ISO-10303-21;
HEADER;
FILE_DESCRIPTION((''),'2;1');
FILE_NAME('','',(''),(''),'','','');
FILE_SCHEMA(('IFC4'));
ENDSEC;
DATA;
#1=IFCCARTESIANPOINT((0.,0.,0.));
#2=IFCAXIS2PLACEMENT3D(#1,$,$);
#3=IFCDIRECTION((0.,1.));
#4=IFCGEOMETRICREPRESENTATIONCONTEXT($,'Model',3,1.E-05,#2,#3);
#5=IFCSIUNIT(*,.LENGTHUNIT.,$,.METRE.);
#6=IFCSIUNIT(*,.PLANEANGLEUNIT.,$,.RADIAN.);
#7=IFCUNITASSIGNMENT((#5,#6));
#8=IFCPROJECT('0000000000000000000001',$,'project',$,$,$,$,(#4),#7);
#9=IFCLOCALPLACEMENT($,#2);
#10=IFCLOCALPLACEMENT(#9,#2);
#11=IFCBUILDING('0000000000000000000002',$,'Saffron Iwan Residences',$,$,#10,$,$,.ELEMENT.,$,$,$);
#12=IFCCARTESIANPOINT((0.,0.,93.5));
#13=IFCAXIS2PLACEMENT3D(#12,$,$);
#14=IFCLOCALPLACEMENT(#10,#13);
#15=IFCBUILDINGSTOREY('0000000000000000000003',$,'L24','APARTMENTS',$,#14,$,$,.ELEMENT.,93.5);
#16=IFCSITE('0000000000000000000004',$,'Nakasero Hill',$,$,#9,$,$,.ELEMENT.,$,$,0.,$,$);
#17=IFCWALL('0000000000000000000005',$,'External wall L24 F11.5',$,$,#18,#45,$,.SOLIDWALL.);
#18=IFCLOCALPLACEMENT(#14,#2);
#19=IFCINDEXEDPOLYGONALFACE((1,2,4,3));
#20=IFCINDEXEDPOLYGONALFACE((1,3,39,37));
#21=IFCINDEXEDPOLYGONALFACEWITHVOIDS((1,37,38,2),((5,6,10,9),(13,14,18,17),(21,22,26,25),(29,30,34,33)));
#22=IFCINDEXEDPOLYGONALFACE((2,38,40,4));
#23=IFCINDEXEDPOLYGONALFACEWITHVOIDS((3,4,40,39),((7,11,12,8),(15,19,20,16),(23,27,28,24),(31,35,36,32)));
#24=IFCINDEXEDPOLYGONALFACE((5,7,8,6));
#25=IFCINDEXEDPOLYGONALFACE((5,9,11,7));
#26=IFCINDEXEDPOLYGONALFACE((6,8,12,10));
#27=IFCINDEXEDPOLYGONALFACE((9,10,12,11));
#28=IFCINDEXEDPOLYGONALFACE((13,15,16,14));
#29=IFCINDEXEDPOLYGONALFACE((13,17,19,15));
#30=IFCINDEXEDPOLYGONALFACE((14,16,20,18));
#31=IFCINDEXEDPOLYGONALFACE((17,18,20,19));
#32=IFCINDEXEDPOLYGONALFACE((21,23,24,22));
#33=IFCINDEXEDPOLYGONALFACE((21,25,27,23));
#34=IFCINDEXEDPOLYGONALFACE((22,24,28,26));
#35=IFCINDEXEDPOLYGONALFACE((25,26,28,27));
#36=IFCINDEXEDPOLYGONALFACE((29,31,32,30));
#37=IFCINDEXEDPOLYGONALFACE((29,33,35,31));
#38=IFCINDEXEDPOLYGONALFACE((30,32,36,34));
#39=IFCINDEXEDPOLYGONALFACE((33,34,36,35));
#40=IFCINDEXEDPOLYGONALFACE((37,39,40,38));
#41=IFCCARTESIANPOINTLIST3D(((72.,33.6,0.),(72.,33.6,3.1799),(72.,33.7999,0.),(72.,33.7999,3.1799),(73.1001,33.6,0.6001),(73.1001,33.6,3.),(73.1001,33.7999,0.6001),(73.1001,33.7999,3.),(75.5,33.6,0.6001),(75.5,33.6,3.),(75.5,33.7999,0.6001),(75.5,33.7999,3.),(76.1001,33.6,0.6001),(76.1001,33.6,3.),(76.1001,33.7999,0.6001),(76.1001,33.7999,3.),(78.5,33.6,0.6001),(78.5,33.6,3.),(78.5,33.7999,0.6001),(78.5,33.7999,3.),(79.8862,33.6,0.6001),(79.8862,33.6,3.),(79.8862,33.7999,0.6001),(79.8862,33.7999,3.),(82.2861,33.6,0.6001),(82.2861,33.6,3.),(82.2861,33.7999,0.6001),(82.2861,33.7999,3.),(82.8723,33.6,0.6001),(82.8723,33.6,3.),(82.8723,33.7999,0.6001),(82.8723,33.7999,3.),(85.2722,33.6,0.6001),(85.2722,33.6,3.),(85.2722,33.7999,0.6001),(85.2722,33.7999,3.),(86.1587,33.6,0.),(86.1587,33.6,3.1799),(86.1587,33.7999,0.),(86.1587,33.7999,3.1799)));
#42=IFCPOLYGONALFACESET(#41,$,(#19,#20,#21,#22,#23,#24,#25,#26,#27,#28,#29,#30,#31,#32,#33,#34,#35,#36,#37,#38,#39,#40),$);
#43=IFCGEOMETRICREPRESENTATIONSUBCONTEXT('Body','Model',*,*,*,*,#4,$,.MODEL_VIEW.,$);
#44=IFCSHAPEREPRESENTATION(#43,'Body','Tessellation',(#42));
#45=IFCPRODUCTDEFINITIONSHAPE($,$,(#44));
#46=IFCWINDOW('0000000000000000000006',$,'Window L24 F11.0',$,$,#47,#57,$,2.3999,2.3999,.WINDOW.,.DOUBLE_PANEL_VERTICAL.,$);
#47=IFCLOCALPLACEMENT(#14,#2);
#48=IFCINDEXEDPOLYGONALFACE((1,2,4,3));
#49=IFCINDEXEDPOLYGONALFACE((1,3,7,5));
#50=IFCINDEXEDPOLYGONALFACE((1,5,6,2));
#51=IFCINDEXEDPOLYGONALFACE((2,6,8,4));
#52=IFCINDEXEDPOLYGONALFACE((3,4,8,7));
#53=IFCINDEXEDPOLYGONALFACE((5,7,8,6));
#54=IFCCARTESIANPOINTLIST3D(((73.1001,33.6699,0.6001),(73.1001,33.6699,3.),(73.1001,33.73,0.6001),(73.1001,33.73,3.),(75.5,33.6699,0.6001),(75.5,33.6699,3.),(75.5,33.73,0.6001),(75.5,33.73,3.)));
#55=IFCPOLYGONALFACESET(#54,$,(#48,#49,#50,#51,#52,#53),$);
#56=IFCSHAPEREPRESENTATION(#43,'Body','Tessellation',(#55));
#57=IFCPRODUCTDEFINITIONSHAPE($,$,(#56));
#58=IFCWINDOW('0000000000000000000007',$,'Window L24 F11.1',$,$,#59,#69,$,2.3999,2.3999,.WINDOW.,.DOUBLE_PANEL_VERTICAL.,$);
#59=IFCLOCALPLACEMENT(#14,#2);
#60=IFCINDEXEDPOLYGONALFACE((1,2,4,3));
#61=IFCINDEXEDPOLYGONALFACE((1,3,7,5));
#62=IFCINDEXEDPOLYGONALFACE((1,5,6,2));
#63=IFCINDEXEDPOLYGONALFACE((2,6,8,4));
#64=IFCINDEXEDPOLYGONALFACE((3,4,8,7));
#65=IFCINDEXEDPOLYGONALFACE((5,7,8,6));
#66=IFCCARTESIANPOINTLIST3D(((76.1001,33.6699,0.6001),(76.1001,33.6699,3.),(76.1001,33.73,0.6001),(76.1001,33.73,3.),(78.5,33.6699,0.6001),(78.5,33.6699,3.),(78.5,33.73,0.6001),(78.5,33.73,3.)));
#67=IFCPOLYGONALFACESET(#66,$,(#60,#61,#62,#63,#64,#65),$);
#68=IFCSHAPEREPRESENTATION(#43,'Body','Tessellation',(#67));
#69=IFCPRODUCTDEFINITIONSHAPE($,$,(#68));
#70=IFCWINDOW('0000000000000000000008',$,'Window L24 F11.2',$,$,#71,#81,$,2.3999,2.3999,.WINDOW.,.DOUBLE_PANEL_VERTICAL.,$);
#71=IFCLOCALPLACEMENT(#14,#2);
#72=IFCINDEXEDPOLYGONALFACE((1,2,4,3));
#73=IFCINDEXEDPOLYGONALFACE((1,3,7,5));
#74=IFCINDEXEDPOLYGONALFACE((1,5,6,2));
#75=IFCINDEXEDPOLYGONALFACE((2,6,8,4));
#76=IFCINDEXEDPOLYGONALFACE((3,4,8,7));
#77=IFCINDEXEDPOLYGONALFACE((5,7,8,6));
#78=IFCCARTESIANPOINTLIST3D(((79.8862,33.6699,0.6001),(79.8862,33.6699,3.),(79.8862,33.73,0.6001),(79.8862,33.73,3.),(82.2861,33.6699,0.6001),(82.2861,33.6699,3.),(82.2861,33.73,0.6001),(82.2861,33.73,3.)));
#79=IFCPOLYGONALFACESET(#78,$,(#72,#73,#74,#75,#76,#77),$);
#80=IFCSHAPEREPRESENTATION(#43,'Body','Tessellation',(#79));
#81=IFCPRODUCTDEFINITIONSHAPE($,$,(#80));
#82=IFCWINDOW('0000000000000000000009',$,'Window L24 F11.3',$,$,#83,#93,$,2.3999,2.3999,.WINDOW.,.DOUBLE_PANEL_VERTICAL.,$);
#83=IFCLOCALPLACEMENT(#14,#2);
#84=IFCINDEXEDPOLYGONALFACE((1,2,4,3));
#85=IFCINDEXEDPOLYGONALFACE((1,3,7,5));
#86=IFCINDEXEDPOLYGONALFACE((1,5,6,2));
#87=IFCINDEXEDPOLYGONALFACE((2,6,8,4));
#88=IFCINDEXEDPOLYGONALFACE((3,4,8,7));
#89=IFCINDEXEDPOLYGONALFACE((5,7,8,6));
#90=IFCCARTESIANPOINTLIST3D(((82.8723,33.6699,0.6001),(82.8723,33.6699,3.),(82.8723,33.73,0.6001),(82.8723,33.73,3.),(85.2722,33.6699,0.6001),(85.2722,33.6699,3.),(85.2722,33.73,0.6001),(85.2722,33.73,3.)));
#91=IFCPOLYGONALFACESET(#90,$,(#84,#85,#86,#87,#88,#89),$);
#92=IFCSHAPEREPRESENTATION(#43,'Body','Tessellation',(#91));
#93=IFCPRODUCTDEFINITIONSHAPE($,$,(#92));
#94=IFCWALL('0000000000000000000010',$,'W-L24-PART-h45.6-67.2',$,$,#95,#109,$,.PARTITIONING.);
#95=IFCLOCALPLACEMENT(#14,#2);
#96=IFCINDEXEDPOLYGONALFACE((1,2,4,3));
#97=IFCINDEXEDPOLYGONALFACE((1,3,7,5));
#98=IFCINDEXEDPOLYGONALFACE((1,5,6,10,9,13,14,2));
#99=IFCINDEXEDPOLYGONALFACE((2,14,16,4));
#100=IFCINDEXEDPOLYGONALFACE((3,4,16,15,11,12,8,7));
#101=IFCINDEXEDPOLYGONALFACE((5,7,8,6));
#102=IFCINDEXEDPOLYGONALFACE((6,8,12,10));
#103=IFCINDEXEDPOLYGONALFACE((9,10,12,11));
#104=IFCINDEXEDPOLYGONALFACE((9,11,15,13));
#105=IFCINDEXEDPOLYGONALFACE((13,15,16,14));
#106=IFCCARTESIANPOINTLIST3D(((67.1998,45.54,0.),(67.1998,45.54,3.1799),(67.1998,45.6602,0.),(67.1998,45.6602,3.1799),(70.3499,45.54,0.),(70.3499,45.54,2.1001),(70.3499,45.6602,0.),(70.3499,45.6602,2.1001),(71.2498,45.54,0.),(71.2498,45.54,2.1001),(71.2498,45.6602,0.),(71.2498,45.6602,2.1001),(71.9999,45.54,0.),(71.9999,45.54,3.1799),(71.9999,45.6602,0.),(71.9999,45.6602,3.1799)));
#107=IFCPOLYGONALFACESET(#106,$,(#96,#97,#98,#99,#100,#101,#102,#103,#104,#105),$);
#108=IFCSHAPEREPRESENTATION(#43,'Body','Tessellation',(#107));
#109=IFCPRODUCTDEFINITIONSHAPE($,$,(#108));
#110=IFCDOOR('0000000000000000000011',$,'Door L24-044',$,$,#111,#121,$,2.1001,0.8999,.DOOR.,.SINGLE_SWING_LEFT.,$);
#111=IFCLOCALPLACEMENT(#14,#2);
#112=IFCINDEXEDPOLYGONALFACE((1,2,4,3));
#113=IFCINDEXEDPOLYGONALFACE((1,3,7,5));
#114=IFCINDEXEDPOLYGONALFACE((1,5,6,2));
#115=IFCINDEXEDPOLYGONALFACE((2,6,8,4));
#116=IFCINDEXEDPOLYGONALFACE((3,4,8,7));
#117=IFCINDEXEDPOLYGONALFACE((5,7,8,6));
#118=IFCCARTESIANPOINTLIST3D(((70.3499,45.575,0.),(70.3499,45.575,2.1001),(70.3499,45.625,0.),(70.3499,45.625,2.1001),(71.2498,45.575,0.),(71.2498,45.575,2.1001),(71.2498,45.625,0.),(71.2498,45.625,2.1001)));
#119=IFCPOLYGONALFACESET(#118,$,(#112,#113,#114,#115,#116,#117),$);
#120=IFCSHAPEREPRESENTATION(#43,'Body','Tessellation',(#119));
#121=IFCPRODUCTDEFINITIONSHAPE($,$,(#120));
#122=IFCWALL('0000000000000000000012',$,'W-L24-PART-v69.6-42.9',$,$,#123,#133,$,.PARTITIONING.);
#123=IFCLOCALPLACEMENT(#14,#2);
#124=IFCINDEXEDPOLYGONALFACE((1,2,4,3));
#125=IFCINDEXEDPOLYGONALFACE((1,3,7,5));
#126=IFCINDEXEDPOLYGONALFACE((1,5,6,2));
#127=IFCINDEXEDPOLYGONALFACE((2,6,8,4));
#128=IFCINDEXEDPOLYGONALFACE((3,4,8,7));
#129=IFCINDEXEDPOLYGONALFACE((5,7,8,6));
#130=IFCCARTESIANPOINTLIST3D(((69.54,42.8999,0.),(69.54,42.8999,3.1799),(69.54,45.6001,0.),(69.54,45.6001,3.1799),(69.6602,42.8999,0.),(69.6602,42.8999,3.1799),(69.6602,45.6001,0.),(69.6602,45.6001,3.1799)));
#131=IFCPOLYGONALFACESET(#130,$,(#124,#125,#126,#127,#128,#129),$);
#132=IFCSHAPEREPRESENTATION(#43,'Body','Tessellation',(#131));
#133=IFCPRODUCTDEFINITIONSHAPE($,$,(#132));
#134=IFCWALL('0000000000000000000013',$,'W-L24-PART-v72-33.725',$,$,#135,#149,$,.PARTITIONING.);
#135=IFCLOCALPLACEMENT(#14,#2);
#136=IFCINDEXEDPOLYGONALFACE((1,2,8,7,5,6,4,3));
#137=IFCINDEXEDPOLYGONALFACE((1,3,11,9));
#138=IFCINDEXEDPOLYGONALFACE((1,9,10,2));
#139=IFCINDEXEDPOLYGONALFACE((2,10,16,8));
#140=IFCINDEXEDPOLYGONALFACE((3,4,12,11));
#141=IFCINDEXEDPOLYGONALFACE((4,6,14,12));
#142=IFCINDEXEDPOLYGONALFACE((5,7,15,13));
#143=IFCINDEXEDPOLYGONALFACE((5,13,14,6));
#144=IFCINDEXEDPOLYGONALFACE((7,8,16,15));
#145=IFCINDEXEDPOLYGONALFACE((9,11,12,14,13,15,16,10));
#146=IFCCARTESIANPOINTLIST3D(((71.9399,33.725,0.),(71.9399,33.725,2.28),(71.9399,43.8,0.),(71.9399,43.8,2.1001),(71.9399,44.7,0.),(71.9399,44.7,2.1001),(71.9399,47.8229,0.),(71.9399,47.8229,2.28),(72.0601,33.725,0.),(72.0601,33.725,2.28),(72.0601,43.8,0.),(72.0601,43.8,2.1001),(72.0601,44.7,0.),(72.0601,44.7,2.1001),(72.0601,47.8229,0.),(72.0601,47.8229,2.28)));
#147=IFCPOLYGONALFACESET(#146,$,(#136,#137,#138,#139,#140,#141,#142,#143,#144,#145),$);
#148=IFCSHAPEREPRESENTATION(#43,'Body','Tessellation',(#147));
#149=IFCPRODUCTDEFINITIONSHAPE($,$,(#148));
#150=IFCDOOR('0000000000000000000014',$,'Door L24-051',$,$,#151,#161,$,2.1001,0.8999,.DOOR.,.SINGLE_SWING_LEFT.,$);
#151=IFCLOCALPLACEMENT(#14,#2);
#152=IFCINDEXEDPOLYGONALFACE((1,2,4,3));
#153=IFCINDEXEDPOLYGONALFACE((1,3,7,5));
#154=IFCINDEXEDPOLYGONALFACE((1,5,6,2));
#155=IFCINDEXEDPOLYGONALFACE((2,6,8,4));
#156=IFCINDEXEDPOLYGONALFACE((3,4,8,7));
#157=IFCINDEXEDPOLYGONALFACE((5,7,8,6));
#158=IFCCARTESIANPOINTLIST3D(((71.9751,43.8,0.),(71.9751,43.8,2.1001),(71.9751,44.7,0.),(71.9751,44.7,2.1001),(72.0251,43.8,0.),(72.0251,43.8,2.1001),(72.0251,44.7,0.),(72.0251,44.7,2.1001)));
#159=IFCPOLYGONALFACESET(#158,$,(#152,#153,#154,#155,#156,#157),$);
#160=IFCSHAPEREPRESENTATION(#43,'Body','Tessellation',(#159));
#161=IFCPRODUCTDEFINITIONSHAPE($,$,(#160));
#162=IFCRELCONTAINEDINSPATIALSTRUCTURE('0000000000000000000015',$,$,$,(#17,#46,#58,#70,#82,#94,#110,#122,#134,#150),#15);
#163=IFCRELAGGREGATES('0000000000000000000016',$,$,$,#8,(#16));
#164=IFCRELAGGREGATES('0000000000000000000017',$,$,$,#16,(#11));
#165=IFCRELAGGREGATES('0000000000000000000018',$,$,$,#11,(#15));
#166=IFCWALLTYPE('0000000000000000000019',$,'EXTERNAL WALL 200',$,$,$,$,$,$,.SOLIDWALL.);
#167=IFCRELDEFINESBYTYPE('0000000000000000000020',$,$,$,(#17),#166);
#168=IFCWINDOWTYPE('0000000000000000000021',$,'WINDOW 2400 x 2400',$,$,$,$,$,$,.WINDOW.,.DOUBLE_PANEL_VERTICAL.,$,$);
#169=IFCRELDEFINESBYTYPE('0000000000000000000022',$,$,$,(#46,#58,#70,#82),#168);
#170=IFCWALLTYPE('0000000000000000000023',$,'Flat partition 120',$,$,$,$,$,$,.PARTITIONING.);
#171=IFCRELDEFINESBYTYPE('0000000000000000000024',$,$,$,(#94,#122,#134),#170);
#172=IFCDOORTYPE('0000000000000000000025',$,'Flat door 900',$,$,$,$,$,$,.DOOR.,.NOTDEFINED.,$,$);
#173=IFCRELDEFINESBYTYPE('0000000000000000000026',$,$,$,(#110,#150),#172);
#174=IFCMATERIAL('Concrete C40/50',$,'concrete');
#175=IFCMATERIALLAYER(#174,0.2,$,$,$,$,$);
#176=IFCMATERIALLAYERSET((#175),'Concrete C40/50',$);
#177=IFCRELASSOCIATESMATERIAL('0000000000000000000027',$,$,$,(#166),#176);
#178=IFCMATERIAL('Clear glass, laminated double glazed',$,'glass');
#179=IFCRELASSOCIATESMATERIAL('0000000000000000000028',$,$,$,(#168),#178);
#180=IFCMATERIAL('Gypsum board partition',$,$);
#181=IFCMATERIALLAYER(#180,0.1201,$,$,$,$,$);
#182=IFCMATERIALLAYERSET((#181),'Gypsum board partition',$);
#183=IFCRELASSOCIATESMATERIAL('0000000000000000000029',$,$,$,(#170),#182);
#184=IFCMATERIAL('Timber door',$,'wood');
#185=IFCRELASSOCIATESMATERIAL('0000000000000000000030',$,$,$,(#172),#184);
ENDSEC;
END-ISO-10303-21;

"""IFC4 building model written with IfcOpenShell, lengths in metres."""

from ifc_helpers import new_model, si_unit, direction, frame, frame_2d, origin, place, context, subcontext, project, spatial, rectangle, extrude, material, layer, layer_set, type_object, element, fill, save


model = new_model("IFC4")

# Units and contexts
model_context = context("Model", 3, precision=1e-05, world=origin(), true_north=direction((0.0, 1.0)))
body_context = subcontext(model_context, "Body", "Model", "MODEL_VIEW")
ifc_project = project(units=[si_unit("LENGTHUNIT", "METRE"), si_unit("PLANEANGLEUNIT", "RADIAN")], contexts=[model_context])

# Site, building, storey
site_placement = place(None, origin())
site = spatial("IfcSite", under=ifc_project, at=site_placement, Name="Nakasero Hill", CompositionType="ELEMENT", RefElevation=0.0)
building_placement = place(site_placement, origin())
building = spatial("IfcBuilding", under=site, at=building_placement, Name="Saffron Iwan Residences", CompositionType="ELEMENT")
storey_placement = place(building_placement, frame((0.0, 0.0, 93.5)))
storey = spatial("IfcBuildingStorey", under=building, at=storey_placement, Name="L24", Description="APARTMENTS", CompositionType="ELEMENT", Elevation=93.5)

# Shared definitions
ifc_material_1 = material(Name="Concrete C40/50", Category="concrete")
ifc_layer_1 = layer(ifc_material_1, 0.2)
ifc_layer_set_1 = layer_set([ifc_layer_1], Name="Concrete C40/50")
wall_type_1 = type_object("IfcWallType", Name="EXTERNAL WALL 200", PredefinedType="SOLIDWALL", material=ifc_layer_set_1)
ifc_material_2 = material(Name="Clear glass, laminated double glazed", Category="glass")

# Wall, openings, windows
wall_1_placement = place(storey_placement, frame((72.0, 33.7, 0.0), z_axis=(0.0, 0.0, 1.0), x_axis=(1.0, 0.0, 0.0)))
wall_1 = element("IfcWall", 1, at=wall_1_placement, inside=storey, type_object=wall_type_1, Name="External wall L24 F11.5", PredefinedType="SOLIDWALL", context=body_context, shape_type="SweptSolid", body=[
    extrude(rectangle(XDim=14.1587, YDim=0.2, at=frame_2d((7.0793, 0.0))), origin(), (0.0, 0.0, 1.0), 3.1799),
])
opening_1_placement = place(wall_1_placement, frame((1.1001, 0.0, 0.6001)))
opening_1 = element("IfcOpeningElement", 2, at=opening_1_placement, cuts=wall_1, PredefinedType="OPENING", context=body_context, shape_type="SweptSolid", body=[
    extrude(rectangle(XDim=2.3999, YDim=2.3999, at=frame_2d((1.2, 1.2))), frame((0.0, 0.1099, 0.0), z_axis=(0.0, -1.0, 0.0), x_axis=(1.0, 0.0, 0.0)), (0.0, 0.0, 1.0), 0.22),
])
opening_2_placement = place(wall_1_placement, frame((4.1001, 0.0, 0.6001)))
opening_2 = element("IfcOpeningElement", 3, at=opening_2_placement, cuts=wall_1, PredefinedType="OPENING", context=body_context, shape_type="SweptSolid", body=[
    extrude(rectangle(XDim=2.3999, YDim=2.3999, at=frame_2d((1.2, 1.2))), frame((0.0, 0.1099, 0.0), z_axis=(0.0, -1.0, 0.0), x_axis=(1.0, 0.0, 0.0)), (0.0, 0.0, 1.0), 0.22),
])
opening_3_placement = place(wall_1_placement, frame((7.8862, 0.0, 0.6001)))
opening_3 = element("IfcOpeningElement", 4, at=opening_3_placement, cuts=wall_1, PredefinedType="OPENING", context=body_context, shape_type="SweptSolid", body=[
    extrude(rectangle(XDim=2.3999, YDim=2.3999, at=frame_2d((1.2, 1.2))), frame((0.0, 0.1099, 0.0), z_axis=(0.0, -1.0, 0.0), x_axis=(1.0, 0.0, 0.0)), (0.0, 0.0, 1.0), 0.22),
])
opening_4_placement = place(wall_1_placement, frame((10.8723, 0.0, 0.6001)))
opening_4 = element("IfcOpeningElement", 5, at=opening_4_placement, cuts=wall_1, PredefinedType="OPENING", context=body_context, shape_type="SweptSolid", body=[
    extrude(rectangle(XDim=2.3999, YDim=2.3999, at=frame_2d((1.2, 1.2))), frame((0.0, 0.1099, 0.0), z_axis=(0.0, -1.0, 0.0), x_axis=(1.0, 0.0, 0.0)), (0.0, 0.0, 1.0), 0.22),
])
window_type_1 = type_object("IfcWindowType", Name="WINDOW 2400 x 2400", PartitioningType="DOUBLE_PANEL_VERTICAL", PredefinedType="WINDOW", material=ifc_material_2)
window_1_placement = place(opening_1_placement, origin())
window_1 = element("IfcWindow", 6, at=window_1_placement, inside=storey, type_object=window_type_1, Name="Window L24 F11.0", OverallHeight=2.3999, OverallWidth=2.3999, PartitioningType="DOUBLE_PANEL_VERTICAL", PredefinedType="WINDOW", context=body_context, shape_type="SweptSolid", body=[
    extrude(rectangle(XDim=2.3999, YDim=2.3999, at=frame_2d((1.2, 1.2))), frame((0.0, 0.03, 0.0), z_axis=(0.0, -1.0, 0.0), x_axis=(1.0, 0.0, 0.0)), (0.0, 0.0, 1.0), 0.0601),
])
fill(opening_1, window_1)
window_2_placement = place(opening_2_placement, origin())
window_2 = element("IfcWindow", 7, at=window_2_placement, inside=storey, type_object=window_type_1, Name="Window L24 F11.1", OverallHeight=2.3999, OverallWidth=2.3999, PartitioningType="DOUBLE_PANEL_VERTICAL", PredefinedType="WINDOW", context=body_context, shape_type="SweptSolid", body=[
    extrude(rectangle(XDim=2.3999, YDim=2.3999, at=frame_2d((1.2, 1.2))), frame((0.0, 0.03, 0.0), z_axis=(0.0, -1.0, 0.0), x_axis=(1.0, 0.0, 0.0)), (0.0, 0.0, 1.0), 0.0601),
])
fill(opening_2, window_2)
window_3_placement = place(opening_3_placement, origin())
window_3 = element("IfcWindow", 8, at=window_3_placement, inside=storey, type_object=window_type_1, Name="Window L24 F11.2", OverallHeight=2.3999, OverallWidth=2.3999, PartitioningType="DOUBLE_PANEL_VERTICAL", PredefinedType="WINDOW", context=body_context, shape_type="SweptSolid", body=[
    extrude(rectangle(XDim=2.3999, YDim=2.3999, at=frame_2d((1.2, 1.2))), frame((0.0, 0.03, 0.0), z_axis=(0.0, -1.0, 0.0), x_axis=(1.0, 0.0, 0.0)), (0.0, 0.0, 1.0), 0.0601),
])
fill(opening_3, window_3)
window_4_placement = place(opening_4_placement, origin())
window_4 = element("IfcWindow", 9, at=window_4_placement, inside=storey, type_object=window_type_1, Name="Window L24 F11.3", OverallHeight=2.3999, OverallWidth=2.3999, PartitioningType="DOUBLE_PANEL_VERTICAL", PredefinedType="WINDOW", context=body_context, shape_type="SweptSolid", body=[
    extrude(rectangle(XDim=2.3999, YDim=2.3999, at=frame_2d((1.2, 1.2))), frame((0.0, 0.03, 0.0), z_axis=(0.0, -1.0, 0.0), x_axis=(1.0, 0.0, 0.0)), (0.0, 0.0, 1.0), 0.0601),
])
fill(opening_4, window_4)

# Wall, opening, door
ifc_material_3 = material(Name="Gypsum board partition")
ifc_layer_2 = layer(ifc_material_3, 0.1201)
ifc_layer_set_2 = layer_set([ifc_layer_2], Name="Gypsum board partition")
wall_type_2 = type_object("IfcWallType", Name="Flat partition 120", PredefinedType="PARTITIONING", material=ifc_layer_set_2)
wall_2_placement = place(storey_placement, frame((67.2, 45.6001, 0.0), z_axis=(0.0, 0.0, 1.0), x_axis=(1.0, 0.0, 0.0)))
wall_2 = element("IfcWall", 10, at=wall_2_placement, inside=storey, type_object=wall_type_2, Name="W-L24-PART-h45.6-67.2", PredefinedType="PARTITIONING", context=body_context, shape_type="SweptSolid", body=[
    extrude(rectangle(XDim=4.8, YDim=0.1201, at=frame_2d((2.3999, 0.0))), origin(), (0.0, 0.0, 1.0), 3.1799),
])
opening_5_placement = place(wall_2_placement, frame((3.1499, 0.0, 0.0)))
opening_5 = element("IfcOpeningElement", 11, at=opening_5_placement, cuts=wall_2, PredefinedType="OPENING", context=body_context, shape_type="SweptSolid", body=[
    extrude(rectangle(XDim=0.8999, YDim=2.1001, at=frame_2d((0.45, 1.05))), frame((0.0, 0.0701, 0.0), z_axis=(0.0, -1.0, 0.0), x_axis=(1.0, 0.0, 0.0)), (0.0, 0.0, 1.0), 0.1401),
])
ifc_material_4 = material(Name="Timber door", Category="wood")
door_type_1 = type_object("IfcDoorType", Name="Flat door 900", OperationType="NOTDEFINED", PredefinedType="DOOR", material=ifc_material_4)
door_1_placement = place(opening_5_placement, origin())
door_1 = element("IfcDoor", 12, at=door_1_placement, inside=storey, type_object=door_type_1, Name="Door L24-044", OperationType="SINGLE_SWING_LEFT", OverallHeight=2.1001, OverallWidth=0.8999, PredefinedType="DOOR", context=body_context, shape_type="SweptSolid", body=[
    extrude(rectangle(XDim=0.8999, YDim=2.1001, at=frame_2d((0.45, 1.05))), frame((0.0, 0.0249, 0.0), z_axis=(0.0, -1.0, 0.0), x_axis=(1.0, 0.0, 0.0)), (0.0, 0.0, 1.0), 0.05),
])
fill(opening_5, door_1)

# Wall
wall_3_placement = place(storey_placement, frame((69.6001, 42.8999, 0.0), z_axis=(0.0, 0.0, 1.0), x_axis=(0.0, 1.0, 0.0)))
element("IfcWall", 13, at=wall_3_placement, inside=storey, type_object=wall_type_2, Name="W-L24-PART-v69.6-42.9", PredefinedType="PARTITIONING", context=body_context, shape_type="SweptSolid", body=[
    extrude(rectangle(XDim=2.7002, YDim=0.1201, at=frame_2d((1.3501, 0.0))), origin(), (0.0, 0.0, 1.0), 3.1799),
])

# Wall, opening, door
wall_4_placement = place(storey_placement, frame((72.0, 33.7251, 0.0), z_axis=(0.0, 0.0, 1.0), x_axis=(0.0, 1.0, 0.0)))
wall_4 = element("IfcWall", 14, at=wall_4_placement, inside=storey, type_object=wall_type_2, Name="W-L24-PART-v72-33.725", PredefinedType="PARTITIONING", context=body_context, shape_type="SweptSolid", body=[
    extrude(rectangle(XDim=14.0979, YDim=0.1201, at=frame_2d((7.0488, 0.0))), origin(), (0.0, 0.0, 1.0), 2.28),
])
opening_6_placement = place(wall_4_placement, frame((10.075, 0.0, 0.0)))
opening_6 = element("IfcOpeningElement", 15, at=opening_6_placement, cuts=wall_4, PredefinedType="OPENING", context=body_context, shape_type="SweptSolid", body=[
    extrude(rectangle(XDim=0.8999, YDim=2.1001, at=frame_2d((0.45, 1.05))), frame((0.0, 0.0701, 0.0), z_axis=(0.0, -1.0, 0.0), x_axis=(1.0, 0.0, 0.0)), (0.0, 0.0, 1.0), 0.1401),
])
door_2_placement = place(opening_6_placement, origin())
door_2 = element("IfcDoor", 16, at=door_2_placement, inside=storey, type_object=door_type_1, Name="Door L24-051", OperationType="SINGLE_SWING_LEFT", OverallHeight=2.1001, OverallWidth=0.8999, PredefinedType="DOOR", context=body_context, shape_type="SweptSolid", body=[
    extrude(rectangle(XDim=0.8999, YDim=2.1001, at=frame_2d((0.45, 1.05))), frame((0.0, 0.0249, 0.0), z_axis=(0.0, -1.0, 0.0), x_axis=(1.0, 0.0, 0.0)), (0.0, 0.0, 1.0), 0.05),
])
fill(opening_6, door_2)

save(model, "model.ifc")
